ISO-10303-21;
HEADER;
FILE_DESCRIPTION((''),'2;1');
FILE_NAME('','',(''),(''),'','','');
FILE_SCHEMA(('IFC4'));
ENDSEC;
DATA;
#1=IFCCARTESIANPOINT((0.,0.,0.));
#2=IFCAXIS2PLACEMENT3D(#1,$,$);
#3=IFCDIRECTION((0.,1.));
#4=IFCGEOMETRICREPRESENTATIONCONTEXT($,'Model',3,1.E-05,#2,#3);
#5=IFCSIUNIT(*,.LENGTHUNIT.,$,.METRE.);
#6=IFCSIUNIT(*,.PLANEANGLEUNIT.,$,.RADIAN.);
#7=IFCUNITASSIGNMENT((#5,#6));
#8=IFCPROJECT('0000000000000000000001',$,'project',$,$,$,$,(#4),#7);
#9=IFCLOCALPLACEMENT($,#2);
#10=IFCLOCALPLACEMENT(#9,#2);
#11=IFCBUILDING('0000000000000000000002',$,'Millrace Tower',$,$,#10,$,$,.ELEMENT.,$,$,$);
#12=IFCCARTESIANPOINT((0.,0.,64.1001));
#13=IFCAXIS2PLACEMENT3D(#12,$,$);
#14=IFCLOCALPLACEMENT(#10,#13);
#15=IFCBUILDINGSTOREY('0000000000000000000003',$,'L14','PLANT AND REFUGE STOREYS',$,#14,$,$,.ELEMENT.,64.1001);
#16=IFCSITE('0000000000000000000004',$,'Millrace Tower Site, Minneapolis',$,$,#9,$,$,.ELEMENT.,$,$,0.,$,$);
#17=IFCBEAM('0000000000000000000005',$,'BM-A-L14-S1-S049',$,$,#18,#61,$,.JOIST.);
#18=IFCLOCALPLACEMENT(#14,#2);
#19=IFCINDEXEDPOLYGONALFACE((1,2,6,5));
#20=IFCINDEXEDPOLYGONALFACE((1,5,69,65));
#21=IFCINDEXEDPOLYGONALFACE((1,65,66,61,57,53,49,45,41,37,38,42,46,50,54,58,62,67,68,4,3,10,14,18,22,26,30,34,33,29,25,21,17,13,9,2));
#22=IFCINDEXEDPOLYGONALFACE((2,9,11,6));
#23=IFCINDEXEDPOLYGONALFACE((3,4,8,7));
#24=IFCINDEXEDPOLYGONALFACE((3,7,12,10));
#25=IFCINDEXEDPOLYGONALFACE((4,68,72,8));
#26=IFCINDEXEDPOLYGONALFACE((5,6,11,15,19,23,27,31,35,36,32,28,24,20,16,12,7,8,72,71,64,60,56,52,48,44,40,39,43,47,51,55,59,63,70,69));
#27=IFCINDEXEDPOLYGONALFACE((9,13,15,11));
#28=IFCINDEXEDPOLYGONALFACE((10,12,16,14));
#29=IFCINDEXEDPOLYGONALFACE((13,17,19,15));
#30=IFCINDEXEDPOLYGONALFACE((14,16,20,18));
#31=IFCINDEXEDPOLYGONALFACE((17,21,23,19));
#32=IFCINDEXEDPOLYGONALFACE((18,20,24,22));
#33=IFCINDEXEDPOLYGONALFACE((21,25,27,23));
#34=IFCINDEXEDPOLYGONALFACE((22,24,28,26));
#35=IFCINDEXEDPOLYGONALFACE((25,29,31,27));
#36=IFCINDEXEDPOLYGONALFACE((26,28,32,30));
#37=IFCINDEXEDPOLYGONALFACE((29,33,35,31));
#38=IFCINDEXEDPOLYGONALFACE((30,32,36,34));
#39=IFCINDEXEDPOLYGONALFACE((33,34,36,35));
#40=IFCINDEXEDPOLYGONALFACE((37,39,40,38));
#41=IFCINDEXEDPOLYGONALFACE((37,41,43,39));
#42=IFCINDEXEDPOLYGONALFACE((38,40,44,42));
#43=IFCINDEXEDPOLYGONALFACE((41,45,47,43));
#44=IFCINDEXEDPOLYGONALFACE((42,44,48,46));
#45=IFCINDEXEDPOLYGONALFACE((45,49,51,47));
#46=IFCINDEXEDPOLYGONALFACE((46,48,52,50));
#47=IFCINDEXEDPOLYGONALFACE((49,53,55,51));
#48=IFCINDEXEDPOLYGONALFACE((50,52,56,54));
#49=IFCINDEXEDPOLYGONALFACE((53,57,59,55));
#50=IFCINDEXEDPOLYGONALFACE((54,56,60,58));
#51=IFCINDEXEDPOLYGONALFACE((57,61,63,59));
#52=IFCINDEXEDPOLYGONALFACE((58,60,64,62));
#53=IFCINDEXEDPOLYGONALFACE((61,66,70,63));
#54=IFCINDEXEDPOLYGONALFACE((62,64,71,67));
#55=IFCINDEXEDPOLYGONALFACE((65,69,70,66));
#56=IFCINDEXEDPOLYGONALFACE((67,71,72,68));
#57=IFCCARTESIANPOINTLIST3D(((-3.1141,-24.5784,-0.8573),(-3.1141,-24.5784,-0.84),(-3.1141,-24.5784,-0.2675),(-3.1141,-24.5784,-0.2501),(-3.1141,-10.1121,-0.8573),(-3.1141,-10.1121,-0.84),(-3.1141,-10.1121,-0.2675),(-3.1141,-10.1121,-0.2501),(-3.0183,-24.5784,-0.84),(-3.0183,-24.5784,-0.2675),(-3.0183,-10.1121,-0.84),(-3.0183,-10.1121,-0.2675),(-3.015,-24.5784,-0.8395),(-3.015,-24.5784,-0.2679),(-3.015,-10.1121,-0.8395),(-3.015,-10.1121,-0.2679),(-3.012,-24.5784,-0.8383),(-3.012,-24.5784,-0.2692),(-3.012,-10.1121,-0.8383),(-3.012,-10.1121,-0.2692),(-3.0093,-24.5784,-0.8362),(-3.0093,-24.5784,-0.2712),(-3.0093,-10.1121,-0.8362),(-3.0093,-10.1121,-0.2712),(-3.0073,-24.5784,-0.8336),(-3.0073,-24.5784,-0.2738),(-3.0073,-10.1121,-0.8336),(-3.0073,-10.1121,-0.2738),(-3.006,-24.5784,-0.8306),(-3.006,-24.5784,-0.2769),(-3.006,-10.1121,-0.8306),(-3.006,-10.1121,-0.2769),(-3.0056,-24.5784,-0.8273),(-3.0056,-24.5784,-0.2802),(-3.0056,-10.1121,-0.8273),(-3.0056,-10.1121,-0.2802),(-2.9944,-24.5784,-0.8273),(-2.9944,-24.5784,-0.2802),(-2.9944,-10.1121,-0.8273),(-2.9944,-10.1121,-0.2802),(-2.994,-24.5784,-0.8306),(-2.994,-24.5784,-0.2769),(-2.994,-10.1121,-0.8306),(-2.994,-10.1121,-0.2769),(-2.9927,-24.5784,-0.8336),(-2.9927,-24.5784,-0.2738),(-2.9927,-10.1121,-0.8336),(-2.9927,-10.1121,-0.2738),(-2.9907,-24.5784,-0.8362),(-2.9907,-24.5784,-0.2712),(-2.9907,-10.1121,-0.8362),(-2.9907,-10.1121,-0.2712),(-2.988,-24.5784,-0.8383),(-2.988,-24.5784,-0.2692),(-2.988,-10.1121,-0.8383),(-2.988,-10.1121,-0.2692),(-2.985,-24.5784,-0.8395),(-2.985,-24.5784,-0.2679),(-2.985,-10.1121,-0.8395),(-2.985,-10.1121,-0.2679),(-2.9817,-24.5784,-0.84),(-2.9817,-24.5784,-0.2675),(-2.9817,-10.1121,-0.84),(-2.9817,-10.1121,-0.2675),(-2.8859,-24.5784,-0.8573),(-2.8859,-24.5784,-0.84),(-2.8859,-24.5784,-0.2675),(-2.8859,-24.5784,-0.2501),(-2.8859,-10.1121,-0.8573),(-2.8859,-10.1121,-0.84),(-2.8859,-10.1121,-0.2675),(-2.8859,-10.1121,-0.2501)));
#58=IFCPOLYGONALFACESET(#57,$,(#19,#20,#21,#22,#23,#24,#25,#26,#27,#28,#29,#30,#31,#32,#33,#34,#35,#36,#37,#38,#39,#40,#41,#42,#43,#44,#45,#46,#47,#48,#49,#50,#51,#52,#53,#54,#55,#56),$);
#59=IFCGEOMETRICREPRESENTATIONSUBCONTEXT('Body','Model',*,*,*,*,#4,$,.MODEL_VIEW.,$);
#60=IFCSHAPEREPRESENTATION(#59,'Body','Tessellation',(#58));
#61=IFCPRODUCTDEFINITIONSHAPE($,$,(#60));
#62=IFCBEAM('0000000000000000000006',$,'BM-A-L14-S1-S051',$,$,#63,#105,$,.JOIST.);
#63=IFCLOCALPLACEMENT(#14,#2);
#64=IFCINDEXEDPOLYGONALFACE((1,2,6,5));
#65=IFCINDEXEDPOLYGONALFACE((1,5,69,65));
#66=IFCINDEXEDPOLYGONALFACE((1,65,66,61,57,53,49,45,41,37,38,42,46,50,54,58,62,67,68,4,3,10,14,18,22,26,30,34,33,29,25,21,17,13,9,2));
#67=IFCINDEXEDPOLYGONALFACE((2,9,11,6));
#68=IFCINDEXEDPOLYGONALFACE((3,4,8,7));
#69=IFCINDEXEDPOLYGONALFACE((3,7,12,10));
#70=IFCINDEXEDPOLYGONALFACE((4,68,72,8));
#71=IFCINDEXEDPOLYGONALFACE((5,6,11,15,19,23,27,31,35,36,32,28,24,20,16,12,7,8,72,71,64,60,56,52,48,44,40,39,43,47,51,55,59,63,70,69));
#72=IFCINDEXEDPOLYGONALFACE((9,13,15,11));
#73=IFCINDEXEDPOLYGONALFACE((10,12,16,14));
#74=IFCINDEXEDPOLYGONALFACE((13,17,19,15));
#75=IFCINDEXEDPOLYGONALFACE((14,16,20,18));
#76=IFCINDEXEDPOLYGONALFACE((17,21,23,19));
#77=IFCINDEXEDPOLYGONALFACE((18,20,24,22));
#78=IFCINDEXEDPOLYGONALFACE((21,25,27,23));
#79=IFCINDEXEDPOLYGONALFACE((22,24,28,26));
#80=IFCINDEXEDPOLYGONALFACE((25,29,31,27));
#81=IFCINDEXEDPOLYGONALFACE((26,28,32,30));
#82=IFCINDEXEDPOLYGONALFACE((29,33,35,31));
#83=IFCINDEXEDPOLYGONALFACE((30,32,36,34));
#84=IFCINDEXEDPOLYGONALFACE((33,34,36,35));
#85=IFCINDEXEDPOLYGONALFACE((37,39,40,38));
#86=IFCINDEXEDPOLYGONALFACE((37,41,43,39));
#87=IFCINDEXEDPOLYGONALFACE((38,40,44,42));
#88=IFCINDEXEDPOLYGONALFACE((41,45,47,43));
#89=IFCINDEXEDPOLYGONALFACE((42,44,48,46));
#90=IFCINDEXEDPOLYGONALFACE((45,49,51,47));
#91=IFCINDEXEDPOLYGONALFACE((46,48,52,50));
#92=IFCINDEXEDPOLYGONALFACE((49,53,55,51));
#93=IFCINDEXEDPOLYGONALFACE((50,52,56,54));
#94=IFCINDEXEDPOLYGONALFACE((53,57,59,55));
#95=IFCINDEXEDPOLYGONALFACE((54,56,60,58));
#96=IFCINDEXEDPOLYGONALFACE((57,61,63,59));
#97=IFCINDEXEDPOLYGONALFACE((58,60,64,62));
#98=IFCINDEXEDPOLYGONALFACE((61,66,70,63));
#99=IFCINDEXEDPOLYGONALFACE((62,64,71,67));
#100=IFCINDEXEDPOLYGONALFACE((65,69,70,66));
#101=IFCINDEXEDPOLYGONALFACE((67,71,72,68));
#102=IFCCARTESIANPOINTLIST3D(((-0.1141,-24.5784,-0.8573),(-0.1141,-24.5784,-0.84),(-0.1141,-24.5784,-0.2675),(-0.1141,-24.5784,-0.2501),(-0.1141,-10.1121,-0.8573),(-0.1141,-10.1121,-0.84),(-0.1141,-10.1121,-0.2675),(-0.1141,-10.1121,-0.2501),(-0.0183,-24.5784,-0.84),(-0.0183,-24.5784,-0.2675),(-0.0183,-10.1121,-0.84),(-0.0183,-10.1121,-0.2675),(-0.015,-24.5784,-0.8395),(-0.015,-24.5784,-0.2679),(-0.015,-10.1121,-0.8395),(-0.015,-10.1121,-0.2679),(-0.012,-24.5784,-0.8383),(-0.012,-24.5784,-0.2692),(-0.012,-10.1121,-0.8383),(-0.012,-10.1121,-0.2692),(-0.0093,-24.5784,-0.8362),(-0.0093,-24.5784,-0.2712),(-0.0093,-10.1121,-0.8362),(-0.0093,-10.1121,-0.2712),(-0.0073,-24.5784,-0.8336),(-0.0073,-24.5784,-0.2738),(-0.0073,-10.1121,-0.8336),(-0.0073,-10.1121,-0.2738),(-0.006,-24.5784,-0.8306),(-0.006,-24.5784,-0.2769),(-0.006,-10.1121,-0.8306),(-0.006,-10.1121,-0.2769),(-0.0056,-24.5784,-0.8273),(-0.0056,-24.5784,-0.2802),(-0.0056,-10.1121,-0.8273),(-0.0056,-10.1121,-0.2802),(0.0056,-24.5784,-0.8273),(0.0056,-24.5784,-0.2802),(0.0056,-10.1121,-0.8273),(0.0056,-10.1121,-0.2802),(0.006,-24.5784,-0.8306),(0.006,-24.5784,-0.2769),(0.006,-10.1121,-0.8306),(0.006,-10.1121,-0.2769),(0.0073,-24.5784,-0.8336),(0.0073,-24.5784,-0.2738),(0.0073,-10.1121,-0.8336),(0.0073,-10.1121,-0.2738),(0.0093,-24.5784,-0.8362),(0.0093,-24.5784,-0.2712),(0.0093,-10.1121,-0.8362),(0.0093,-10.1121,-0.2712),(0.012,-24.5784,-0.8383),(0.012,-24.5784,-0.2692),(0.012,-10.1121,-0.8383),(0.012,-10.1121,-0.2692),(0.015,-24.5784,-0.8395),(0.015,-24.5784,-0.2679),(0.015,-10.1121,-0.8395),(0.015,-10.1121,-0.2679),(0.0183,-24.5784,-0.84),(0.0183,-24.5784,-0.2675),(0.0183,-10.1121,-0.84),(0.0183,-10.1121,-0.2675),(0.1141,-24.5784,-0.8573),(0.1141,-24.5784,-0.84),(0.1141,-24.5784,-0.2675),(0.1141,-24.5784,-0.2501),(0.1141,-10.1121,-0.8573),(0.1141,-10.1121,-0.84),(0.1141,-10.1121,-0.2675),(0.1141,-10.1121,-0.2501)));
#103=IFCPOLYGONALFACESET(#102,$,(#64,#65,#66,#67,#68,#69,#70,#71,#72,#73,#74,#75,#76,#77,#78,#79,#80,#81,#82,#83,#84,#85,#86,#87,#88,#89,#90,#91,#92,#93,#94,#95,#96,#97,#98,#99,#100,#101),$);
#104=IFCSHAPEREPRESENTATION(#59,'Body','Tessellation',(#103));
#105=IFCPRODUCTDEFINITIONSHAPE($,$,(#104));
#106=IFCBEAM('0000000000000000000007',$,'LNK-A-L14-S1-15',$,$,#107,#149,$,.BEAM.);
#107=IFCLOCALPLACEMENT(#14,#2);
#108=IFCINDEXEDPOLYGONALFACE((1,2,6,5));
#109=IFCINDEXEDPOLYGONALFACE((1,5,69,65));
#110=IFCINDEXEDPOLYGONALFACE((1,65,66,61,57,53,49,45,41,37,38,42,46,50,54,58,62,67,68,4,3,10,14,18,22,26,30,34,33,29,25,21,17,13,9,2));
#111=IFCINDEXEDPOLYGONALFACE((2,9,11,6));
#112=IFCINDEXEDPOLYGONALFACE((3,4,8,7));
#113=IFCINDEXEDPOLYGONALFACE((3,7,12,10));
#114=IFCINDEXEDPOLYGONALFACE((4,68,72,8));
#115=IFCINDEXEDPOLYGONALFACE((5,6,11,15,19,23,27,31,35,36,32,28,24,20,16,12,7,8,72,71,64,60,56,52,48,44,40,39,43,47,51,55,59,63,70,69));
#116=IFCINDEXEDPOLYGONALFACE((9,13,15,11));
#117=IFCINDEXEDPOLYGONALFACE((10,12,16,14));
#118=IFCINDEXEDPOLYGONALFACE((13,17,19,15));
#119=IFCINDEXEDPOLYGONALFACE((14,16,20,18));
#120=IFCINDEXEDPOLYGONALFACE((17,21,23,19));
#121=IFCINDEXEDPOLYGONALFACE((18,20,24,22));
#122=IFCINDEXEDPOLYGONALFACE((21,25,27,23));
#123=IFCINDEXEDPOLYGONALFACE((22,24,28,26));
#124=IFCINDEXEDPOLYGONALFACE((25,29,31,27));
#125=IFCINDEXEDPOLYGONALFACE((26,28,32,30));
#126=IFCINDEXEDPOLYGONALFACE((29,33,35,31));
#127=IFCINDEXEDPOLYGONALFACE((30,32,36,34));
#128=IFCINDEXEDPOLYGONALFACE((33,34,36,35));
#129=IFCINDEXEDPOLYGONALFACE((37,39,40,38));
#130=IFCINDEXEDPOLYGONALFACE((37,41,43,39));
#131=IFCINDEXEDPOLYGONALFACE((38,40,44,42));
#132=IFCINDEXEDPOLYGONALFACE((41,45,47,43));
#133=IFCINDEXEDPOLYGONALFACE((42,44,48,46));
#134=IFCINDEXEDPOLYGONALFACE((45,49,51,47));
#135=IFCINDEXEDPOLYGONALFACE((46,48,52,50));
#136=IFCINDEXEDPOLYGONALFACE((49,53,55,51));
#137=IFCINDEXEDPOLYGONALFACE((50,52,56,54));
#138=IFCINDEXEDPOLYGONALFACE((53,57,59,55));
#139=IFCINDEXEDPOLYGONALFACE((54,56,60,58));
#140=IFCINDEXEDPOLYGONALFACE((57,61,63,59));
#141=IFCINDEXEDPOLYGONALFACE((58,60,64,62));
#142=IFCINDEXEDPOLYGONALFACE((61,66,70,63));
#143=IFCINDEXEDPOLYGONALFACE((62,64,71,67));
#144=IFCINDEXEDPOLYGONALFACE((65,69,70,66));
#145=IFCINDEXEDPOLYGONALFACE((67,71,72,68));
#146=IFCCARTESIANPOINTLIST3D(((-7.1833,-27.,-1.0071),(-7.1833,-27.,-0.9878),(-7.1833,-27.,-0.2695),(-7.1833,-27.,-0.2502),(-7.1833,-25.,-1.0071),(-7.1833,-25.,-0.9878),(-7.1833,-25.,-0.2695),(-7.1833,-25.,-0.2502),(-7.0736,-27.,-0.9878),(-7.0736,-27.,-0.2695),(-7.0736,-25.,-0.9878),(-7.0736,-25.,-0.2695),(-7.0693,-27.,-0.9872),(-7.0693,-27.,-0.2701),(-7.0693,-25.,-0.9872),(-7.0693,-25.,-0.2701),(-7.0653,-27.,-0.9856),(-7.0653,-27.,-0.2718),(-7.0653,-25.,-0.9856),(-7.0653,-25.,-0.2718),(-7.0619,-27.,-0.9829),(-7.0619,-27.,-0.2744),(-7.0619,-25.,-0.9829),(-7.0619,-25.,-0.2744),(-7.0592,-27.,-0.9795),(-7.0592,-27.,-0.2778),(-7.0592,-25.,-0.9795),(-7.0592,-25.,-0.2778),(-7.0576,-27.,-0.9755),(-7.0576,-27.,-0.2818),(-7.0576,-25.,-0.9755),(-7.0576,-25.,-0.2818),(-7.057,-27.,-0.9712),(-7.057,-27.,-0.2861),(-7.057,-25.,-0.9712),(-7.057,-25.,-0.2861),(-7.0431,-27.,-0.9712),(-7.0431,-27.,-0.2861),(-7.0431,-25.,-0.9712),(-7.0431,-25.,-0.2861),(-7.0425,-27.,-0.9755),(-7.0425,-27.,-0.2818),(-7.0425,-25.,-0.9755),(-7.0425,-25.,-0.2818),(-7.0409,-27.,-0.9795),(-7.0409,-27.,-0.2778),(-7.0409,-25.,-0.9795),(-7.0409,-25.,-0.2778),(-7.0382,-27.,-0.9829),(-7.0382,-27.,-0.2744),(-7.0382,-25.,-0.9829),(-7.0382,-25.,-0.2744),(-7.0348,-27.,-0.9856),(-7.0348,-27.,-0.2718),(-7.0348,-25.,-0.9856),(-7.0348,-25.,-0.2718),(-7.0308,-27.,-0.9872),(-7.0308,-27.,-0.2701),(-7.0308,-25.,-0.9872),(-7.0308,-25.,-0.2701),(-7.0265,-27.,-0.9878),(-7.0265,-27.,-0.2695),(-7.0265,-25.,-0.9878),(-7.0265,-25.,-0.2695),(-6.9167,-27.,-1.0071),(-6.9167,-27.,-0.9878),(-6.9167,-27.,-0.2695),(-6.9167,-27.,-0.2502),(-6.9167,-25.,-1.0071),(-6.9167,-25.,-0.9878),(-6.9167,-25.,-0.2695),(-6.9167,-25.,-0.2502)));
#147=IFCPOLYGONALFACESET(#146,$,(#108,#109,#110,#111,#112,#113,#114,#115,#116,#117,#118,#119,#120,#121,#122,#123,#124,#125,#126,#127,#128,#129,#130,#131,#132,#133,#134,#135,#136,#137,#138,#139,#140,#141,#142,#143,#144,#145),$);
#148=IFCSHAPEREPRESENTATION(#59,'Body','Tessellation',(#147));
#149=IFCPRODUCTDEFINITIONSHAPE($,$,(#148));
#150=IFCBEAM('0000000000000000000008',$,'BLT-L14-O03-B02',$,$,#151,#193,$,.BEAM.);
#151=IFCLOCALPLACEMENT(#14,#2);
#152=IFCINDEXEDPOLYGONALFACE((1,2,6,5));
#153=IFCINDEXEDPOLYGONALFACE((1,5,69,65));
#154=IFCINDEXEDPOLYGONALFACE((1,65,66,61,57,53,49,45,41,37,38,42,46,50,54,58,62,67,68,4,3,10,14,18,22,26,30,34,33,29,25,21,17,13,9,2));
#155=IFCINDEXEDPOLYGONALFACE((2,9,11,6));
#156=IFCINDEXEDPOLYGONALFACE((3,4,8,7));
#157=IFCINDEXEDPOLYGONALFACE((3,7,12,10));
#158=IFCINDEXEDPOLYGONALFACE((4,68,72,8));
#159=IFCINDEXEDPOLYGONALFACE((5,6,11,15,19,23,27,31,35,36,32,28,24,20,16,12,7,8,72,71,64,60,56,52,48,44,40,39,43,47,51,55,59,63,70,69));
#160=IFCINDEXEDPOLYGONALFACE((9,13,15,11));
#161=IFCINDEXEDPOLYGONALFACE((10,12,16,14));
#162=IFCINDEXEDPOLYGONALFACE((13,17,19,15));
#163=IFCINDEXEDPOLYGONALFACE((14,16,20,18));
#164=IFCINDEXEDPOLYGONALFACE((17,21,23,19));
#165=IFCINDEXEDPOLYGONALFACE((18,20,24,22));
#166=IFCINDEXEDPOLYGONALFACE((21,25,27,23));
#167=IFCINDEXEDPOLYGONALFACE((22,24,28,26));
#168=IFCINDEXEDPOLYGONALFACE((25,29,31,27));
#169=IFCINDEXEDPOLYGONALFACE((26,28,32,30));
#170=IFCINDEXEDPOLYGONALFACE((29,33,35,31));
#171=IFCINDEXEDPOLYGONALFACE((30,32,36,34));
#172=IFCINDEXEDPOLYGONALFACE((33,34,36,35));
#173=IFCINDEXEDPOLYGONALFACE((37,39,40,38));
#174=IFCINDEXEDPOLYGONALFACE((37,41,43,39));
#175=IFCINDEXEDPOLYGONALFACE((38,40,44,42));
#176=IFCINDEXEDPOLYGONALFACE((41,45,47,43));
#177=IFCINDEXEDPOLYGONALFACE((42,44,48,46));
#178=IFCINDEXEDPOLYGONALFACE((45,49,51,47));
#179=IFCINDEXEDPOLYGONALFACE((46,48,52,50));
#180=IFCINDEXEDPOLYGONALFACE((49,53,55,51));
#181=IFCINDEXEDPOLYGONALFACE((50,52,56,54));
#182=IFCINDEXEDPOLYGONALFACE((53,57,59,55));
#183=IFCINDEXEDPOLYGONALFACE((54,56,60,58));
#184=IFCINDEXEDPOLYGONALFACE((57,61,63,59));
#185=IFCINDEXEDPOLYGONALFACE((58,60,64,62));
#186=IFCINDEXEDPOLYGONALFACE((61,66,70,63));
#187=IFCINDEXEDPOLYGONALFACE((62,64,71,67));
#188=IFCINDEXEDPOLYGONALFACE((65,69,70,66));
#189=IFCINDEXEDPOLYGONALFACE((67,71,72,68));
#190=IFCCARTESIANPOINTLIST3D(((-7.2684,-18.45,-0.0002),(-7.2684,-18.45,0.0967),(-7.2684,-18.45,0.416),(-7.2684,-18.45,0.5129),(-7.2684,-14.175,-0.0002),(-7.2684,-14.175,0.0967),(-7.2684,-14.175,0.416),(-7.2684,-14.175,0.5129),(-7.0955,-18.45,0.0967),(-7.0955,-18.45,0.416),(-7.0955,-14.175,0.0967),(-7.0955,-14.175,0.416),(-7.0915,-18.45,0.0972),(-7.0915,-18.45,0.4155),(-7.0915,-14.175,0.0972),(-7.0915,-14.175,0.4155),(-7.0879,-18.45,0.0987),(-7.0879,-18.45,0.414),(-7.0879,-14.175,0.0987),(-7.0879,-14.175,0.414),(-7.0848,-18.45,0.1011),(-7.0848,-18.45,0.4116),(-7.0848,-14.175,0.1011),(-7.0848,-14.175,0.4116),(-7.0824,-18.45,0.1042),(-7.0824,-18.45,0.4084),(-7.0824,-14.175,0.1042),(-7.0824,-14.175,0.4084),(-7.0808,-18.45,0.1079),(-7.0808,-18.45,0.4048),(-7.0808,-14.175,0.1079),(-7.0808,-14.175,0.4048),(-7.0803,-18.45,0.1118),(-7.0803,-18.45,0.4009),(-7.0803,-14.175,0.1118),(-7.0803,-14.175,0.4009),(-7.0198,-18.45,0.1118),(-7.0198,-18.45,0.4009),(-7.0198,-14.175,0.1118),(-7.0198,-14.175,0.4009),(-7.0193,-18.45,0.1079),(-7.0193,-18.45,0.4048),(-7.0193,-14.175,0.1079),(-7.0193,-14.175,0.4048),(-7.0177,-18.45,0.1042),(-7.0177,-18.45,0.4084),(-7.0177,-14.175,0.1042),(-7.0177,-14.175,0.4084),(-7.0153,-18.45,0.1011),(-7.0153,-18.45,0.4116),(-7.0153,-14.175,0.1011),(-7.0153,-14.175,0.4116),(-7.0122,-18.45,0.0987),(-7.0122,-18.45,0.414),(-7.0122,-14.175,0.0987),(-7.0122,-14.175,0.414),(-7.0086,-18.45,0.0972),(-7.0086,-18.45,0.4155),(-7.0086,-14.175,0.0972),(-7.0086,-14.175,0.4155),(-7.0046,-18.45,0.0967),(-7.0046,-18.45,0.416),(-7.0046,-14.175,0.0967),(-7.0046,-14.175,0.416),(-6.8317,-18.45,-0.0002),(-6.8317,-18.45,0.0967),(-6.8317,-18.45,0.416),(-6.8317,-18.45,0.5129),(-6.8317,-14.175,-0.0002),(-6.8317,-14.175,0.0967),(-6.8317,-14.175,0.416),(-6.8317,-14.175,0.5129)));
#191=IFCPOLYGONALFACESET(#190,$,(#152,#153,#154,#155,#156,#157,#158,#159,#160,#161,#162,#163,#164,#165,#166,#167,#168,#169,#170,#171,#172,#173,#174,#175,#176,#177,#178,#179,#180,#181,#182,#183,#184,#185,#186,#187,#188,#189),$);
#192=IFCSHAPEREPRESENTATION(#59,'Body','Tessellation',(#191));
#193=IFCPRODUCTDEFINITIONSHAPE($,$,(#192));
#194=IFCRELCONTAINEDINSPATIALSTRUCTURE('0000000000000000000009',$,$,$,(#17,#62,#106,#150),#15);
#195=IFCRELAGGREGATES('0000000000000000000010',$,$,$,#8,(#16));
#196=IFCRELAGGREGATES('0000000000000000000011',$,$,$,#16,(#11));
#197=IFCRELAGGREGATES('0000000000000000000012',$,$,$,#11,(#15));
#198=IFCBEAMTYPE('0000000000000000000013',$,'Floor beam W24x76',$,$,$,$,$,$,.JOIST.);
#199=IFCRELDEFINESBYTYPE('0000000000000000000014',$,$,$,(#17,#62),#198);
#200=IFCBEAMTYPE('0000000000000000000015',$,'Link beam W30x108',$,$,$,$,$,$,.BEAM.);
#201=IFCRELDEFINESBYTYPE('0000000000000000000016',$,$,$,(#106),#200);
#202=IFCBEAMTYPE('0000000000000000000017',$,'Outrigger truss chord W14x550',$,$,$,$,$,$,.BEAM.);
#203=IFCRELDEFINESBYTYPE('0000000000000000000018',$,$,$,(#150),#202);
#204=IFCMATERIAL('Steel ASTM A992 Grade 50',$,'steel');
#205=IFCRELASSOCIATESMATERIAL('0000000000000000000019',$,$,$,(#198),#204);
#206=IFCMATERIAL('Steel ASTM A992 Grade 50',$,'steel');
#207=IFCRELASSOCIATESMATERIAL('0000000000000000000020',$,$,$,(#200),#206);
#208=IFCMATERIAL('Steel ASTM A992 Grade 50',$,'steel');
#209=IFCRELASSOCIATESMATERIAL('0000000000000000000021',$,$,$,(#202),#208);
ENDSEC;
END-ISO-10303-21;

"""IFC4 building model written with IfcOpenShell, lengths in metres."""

from ifc_helpers import new_model, si_unit, direction, frame, origin, origin_2d, place, context, subcontext, project, spatial, i_section, extrude, material, material_profile, profile_set, type_object, element, save


model = new_model("IFC4")

# Units and contexts
model_context = context("Model", 3, precision=1e-05, world=origin(), true_north=direction((0.0, 1.0)))
body_context = subcontext(model_context, "Body", "Model", "MODEL_VIEW")
ifc_project = project(units=[si_unit("LENGTHUNIT", "METRE"), si_unit("PLANEANGLEUNIT", "RADIAN")], contexts=[model_context])

# Site, building, storey
site_placement = place(None, origin())
site = spatial("IfcSite", under=ifc_project, at=site_placement, Name="Millrace Tower Site, Minneapolis", CompositionType="ELEMENT", RefElevation=0.0)
building_placement = place(site_placement, origin())
building = spatial("IfcBuilding", under=site, at=building_placement, Name="Millrace Tower", CompositionType="ELEMENT")
storey_placement = place(building_placement, frame((0.0, 0.0, 64.1001)))
storey = spatial("IfcBuildingStorey", under=building, at=storey_placement, Name="L14", Description="PLANT AND REFUGE STOREYS", CompositionType="ELEMENT", Elevation=64.1001)

# Beams
ifc_material_1 = material(Name="Steel ASTM A992 Grade 50", Category="steel")
ifc_material_profile_1 = material_profile(ifc_material_1, i_section(OverallWidth=0.2283, OverallDepth=0.6072, WebThickness=0.0112, FlangeThickness=0.0173, FilletRadius=0.0127, at=origin_2d()))
ifc_profile_set_1 = profile_set([ifc_material_profile_1], Name="Steel ASTM A992 Grade 50")
beam_type_1 = type_object("IfcBeamType", Name="Floor beam W24x76", PredefinedType="JOIST", material=ifc_profile_set_1)
for number, where, z_axis, x_axis, name in (
    (1, (-3.0, -24.5784, -0.5537), (0.0, 1.0, 0.0), (-1.0, 0.0, 0.0), "BM-A-L14-S1-S049"),
    (2, (0.0, -24.5784, -0.5537), (0.0, 1.0, 0.0), (-1.0, 0.0, 0.0), "BM-A-L14-S1-S051"),
):
    element("IfcBeam", number, at=place(storey_placement, frame(where, z_axis=z_axis, x_axis=x_axis)), inside=storey, type_object=beam_type_1, Name=name, PredefinedType="JOIST", context=body_context, shape_type="SweptSolid", body=[
        extrude(i_section(OverallWidth=0.2283, OverallDepth=0.6072, WebThickness=0.0112, FlangeThickness=0.0173, FilletRadius=0.0127, at=origin_2d()), origin(), (0.0, 0.0, 1.0), 14.4663),
    ])
ifc_material_2 = material(Name="Steel ASTM A992 Grade 50", Category="steel")
ifc_material_profile_2 = material_profile(ifc_material_2, i_section(OverallWidth=0.2666, OverallDepth=0.7568, WebThickness=0.0139, FlangeThickness=0.0193, FilletRadius=0.0166, at=origin_2d()))
ifc_profile_set_2 = profile_set([ifc_material_profile_2], Name="Steel ASTM A992 Grade 50")
beam_type_2 = type_object("IfcBeamType", Name="Link beam W30x108", PredefinedType="BEAM", material=ifc_profile_set_2)
beam_1_placement = place(storey_placement, frame((-7.05, -25.0, -0.6287), z_axis=(0.0, -1.0, 0.0), x_axis=(1.0, 0.0, 0.0)))
element("IfcBeam", 3, at=beam_1_placement, inside=storey, type_object=beam_type_2, Name="LNK-A-L14-S1-15", PredefinedType="BEAM", context=body_context, shape_type="SweptSolid", body=[
    extrude(i_section(OverallWidth=0.2666, OverallDepth=0.7568, WebThickness=0.0139, FlangeThickness=0.0193, FilletRadius=0.0166, at=origin_2d()), origin(), (0.0, 0.0, 1.0), 2.0),
])
ifc_material_3 = material(Name="Steel ASTM A992 Grade 50", Category="steel")
ifc_material_profile_3 = material_profile(ifc_material_3, i_section(OverallWidth=0.4368, OverallDepth=0.5132, WebThickness=0.0605, FlangeThickness=0.0969, FilletRadius=0.0151, at=origin_2d()))
ifc_profile_set_3 = profile_set([ifc_material_profile_3], Name="Steel ASTM A992 Grade 50")
beam_type_3 = type_object("IfcBeamType", Name="Outrigger truss chord W14x550", PredefinedType="BEAM", material=ifc_profile_set_3)
beam_2_placement = place(storey_placement, frame((-7.05, -14.175, 0.2563), z_axis=(0.0, -1.0, 0.0), x_axis=(1.0, 0.0, 0.0)))
element("IfcBeam", 4, at=beam_2_placement, inside=storey, type_object=beam_type_3, Name="BLT-L14-O03-B02", PredefinedType="BEAM", context=body_context, shape_type="SweptSolid", body=[
    extrude(i_section(OverallWidth=0.4368, OverallDepth=0.5132, WebThickness=0.0605, FlangeThickness=0.0969, FilletRadius=0.0151, at=origin_2d()), origin(), (0.0, 0.0, 1.0), 4.2749),
])

save(model, "model.ifc")
